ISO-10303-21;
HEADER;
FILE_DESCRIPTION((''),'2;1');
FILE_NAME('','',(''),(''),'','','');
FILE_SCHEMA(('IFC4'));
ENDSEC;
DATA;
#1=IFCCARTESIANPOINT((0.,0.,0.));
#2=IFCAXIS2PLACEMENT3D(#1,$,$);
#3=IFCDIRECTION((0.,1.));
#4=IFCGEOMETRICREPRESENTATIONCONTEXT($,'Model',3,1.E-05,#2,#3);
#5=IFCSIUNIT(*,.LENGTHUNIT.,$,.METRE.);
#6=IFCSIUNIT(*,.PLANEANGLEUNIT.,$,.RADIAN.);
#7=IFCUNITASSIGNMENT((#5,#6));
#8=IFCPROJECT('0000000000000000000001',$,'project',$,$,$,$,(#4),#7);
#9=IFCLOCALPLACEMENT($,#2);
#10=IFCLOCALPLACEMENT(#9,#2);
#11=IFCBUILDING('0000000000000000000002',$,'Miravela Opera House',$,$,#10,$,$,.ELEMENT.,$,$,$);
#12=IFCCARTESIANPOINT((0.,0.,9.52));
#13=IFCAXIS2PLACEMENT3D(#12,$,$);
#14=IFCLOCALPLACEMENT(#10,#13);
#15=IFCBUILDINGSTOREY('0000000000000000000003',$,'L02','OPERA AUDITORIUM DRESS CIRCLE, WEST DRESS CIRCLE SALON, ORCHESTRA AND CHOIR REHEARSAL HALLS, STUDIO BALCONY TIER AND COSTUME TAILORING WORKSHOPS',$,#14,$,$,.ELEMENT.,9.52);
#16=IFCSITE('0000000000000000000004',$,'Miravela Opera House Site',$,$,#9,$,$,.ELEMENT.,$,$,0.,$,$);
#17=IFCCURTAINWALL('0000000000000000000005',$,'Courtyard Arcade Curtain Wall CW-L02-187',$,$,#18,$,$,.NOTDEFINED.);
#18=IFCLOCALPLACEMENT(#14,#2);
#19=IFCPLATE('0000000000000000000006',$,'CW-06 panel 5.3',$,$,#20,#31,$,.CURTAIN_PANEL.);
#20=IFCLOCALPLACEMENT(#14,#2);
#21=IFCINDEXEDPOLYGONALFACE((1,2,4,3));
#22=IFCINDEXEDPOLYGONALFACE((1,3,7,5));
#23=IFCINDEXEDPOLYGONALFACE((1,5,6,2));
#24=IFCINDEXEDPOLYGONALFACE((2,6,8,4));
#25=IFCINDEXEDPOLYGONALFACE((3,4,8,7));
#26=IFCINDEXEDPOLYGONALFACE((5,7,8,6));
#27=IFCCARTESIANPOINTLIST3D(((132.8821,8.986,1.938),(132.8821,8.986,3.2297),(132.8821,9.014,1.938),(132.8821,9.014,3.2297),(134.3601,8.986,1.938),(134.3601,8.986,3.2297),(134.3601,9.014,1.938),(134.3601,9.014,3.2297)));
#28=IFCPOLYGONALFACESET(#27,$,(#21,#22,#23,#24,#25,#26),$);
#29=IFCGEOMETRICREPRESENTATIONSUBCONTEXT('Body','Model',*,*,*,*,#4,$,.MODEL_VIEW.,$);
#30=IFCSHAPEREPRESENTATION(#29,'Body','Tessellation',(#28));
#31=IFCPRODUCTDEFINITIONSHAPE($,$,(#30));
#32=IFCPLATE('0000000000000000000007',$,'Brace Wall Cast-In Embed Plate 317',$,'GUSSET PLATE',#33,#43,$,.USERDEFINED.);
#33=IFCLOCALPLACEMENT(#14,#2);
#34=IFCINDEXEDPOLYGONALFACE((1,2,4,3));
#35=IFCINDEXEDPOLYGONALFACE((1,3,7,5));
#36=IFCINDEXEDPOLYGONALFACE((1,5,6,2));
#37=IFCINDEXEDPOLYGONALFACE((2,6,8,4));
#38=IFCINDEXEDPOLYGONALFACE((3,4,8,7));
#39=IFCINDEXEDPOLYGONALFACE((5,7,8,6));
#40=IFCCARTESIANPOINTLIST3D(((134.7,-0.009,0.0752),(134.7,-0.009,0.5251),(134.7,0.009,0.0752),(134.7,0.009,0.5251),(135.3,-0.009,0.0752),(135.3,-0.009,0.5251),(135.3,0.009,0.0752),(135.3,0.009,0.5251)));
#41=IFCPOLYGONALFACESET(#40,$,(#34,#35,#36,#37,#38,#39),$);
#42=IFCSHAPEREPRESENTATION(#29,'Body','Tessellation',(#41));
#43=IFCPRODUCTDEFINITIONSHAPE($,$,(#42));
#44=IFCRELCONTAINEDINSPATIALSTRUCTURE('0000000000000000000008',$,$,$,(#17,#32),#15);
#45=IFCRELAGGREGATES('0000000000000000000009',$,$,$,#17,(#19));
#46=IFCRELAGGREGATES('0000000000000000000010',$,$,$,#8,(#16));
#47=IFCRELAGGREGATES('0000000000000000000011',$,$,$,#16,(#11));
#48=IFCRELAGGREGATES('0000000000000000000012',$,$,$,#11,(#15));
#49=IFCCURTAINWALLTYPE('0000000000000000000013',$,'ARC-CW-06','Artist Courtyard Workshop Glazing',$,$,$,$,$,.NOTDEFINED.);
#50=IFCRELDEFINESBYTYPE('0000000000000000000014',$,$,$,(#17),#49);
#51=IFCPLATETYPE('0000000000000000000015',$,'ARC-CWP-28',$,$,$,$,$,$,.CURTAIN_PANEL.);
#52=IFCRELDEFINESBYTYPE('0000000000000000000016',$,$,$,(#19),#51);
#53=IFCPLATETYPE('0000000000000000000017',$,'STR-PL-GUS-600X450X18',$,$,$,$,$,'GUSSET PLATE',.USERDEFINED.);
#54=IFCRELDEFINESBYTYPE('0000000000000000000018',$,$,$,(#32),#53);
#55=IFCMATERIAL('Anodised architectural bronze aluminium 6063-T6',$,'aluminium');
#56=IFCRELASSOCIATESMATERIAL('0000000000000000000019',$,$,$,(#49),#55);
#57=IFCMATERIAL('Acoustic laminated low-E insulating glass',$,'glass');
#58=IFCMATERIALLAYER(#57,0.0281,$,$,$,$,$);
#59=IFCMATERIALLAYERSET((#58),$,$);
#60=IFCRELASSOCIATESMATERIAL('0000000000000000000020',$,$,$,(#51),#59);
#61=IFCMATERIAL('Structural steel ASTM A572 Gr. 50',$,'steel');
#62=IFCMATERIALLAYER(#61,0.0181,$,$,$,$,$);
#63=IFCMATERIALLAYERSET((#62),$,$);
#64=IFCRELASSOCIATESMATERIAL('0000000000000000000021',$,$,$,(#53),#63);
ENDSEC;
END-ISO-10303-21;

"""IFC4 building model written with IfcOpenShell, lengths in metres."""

from ifc_helpers import new_model, si_unit, direction, frame, origin, origin_2d, place, context, subcontext, project, spatial, rectangle, extrude, material, layer, layer_set, type_object, element, aggregate, save


model = new_model("IFC4")

# Units and contexts
model_context = context("Model", 3, precision=1e-05, world=origin(), true_north=direction((0.0, 1.0)))
body_context = subcontext(model_context, "Body", "Model", "MODEL_VIEW")
ifc_project = project(units=[si_unit("LENGTHUNIT", "METRE"), si_unit("PLANEANGLEUNIT", "RADIAN")], contexts=[model_context])

# Site, building, storey
site_placement = place(None, origin())
site = spatial("IfcSite", under=ifc_project, at=site_placement, Name="Miravela Opera House Site", CompositionType="ELEMENT", RefElevation=0.0)
building_placement = place(site_placement, origin())
building = spatial("IfcBuilding", under=site, at=building_placement, Name="Miravela Opera House", CompositionType="ELEMENT")
storey_placement = place(building_placement, frame((0.0, 0.0, 9.52)))
storey = spatial("IfcBuildingStorey", under=building, at=storey_placement, Name="L02", Description="OPERA AUDITORIUM DRESS CIRCLE, WEST DRESS CIRCLE SALON, ORCHESTRA AND CHOIR REHEARSAL HALLS, STUDIO BALCONY TIER AND COSTUME TAILORING WORKSHOPS", CompositionType="ELEMENT", Elevation=9.52)

# Curtain wall
ifc_material_1 = material(Name="Anodised architectural bronze aluminium 6063-T6", Category="aluminium")
curtain_wall_type = type_object("IfcCurtainWallType", Name="ARC-CW-06", Description="Artist Courtyard Workshop Glazing", PredefinedType="NOTDEFINED", material=ifc_material_1)
curtain_wall_1_placement = place(storey_placement, origin())
curtain_wall_1 = element("IfcCurtainWall", 1, at=curtain_wall_1_placement, inside=storey, type_object=curtain_wall_type, Name="Courtyard Arcade Curtain Wall CW-L02-187", PredefinedType="NOTDEFINED")

# Plates
ifc_material_2 = material(Name="Acoustic laminated low-E insulating glass", Category="glass")
ifc_layer_1 = layer(ifc_material_2, 0.0281)
ifc_layer_set_1 = layer_set([ifc_layer_1])
plate_type_1 = type_object("IfcPlateType", Name="ARC-CWP-28", PredefinedType="CURTAIN_PANEL", material=ifc_layer_set_1)
plate_1_placement = place(storey_placement, frame((133.6211, 9.0, 1.938), z_axis=(0.0, 0.0, 1.0), x_axis=(1.0, 0.0, 0.0)))
plate_1 = element("IfcPlate", 2, at=plate_1_placement, type_object=plate_type_1, Name="CW-06 panel 5.3", PredefinedType="CURTAIN_PANEL", context=body_context, shape_type="SweptSolid", body=[
    extrude(rectangle(XDim=1.478, YDim=0.0281, at=origin_2d()), origin(), (0.0, 0.0, 1.0), 1.2917),
])
aggregate(curtain_wall_1, [plate_1])
ifc_material_3 = material(Name="Structural steel ASTM A572 Gr. 50", Category="steel")
ifc_layer_2 = layer(ifc_material_3, 0.0181)
ifc_layer_set_2 = layer_set([ifc_layer_2])
plate_type_2 = type_object("IfcPlateType", Name="STR-PL-GUS-600X450X18", ElementType="GUSSET PLATE", PredefinedType="USERDEFINED", material=ifc_layer_set_2)
plate_2_placement = place(storey_placement, frame((135.0, 0.0, 0.0752), z_axis=(0.0, 0.0, 1.0), x_axis=(1.0, 0.0, 0.0)))
element("IfcPlate", 3, at=plate_2_placement, inside=storey, type_object=plate_type_2, Name="Brace Wall Cast-In Embed Plate 317", ObjectType="GUSSET PLATE", PredefinedType="USERDEFINED", context=body_context, shape_type="SweptSolid", body=[
    extrude(rectangle(XDim=0.6001, YDim=0.0181, at=origin_2d()), origin(), (0.0, 0.0, 1.0), 0.45),
])

save(model, "model.ifc")
